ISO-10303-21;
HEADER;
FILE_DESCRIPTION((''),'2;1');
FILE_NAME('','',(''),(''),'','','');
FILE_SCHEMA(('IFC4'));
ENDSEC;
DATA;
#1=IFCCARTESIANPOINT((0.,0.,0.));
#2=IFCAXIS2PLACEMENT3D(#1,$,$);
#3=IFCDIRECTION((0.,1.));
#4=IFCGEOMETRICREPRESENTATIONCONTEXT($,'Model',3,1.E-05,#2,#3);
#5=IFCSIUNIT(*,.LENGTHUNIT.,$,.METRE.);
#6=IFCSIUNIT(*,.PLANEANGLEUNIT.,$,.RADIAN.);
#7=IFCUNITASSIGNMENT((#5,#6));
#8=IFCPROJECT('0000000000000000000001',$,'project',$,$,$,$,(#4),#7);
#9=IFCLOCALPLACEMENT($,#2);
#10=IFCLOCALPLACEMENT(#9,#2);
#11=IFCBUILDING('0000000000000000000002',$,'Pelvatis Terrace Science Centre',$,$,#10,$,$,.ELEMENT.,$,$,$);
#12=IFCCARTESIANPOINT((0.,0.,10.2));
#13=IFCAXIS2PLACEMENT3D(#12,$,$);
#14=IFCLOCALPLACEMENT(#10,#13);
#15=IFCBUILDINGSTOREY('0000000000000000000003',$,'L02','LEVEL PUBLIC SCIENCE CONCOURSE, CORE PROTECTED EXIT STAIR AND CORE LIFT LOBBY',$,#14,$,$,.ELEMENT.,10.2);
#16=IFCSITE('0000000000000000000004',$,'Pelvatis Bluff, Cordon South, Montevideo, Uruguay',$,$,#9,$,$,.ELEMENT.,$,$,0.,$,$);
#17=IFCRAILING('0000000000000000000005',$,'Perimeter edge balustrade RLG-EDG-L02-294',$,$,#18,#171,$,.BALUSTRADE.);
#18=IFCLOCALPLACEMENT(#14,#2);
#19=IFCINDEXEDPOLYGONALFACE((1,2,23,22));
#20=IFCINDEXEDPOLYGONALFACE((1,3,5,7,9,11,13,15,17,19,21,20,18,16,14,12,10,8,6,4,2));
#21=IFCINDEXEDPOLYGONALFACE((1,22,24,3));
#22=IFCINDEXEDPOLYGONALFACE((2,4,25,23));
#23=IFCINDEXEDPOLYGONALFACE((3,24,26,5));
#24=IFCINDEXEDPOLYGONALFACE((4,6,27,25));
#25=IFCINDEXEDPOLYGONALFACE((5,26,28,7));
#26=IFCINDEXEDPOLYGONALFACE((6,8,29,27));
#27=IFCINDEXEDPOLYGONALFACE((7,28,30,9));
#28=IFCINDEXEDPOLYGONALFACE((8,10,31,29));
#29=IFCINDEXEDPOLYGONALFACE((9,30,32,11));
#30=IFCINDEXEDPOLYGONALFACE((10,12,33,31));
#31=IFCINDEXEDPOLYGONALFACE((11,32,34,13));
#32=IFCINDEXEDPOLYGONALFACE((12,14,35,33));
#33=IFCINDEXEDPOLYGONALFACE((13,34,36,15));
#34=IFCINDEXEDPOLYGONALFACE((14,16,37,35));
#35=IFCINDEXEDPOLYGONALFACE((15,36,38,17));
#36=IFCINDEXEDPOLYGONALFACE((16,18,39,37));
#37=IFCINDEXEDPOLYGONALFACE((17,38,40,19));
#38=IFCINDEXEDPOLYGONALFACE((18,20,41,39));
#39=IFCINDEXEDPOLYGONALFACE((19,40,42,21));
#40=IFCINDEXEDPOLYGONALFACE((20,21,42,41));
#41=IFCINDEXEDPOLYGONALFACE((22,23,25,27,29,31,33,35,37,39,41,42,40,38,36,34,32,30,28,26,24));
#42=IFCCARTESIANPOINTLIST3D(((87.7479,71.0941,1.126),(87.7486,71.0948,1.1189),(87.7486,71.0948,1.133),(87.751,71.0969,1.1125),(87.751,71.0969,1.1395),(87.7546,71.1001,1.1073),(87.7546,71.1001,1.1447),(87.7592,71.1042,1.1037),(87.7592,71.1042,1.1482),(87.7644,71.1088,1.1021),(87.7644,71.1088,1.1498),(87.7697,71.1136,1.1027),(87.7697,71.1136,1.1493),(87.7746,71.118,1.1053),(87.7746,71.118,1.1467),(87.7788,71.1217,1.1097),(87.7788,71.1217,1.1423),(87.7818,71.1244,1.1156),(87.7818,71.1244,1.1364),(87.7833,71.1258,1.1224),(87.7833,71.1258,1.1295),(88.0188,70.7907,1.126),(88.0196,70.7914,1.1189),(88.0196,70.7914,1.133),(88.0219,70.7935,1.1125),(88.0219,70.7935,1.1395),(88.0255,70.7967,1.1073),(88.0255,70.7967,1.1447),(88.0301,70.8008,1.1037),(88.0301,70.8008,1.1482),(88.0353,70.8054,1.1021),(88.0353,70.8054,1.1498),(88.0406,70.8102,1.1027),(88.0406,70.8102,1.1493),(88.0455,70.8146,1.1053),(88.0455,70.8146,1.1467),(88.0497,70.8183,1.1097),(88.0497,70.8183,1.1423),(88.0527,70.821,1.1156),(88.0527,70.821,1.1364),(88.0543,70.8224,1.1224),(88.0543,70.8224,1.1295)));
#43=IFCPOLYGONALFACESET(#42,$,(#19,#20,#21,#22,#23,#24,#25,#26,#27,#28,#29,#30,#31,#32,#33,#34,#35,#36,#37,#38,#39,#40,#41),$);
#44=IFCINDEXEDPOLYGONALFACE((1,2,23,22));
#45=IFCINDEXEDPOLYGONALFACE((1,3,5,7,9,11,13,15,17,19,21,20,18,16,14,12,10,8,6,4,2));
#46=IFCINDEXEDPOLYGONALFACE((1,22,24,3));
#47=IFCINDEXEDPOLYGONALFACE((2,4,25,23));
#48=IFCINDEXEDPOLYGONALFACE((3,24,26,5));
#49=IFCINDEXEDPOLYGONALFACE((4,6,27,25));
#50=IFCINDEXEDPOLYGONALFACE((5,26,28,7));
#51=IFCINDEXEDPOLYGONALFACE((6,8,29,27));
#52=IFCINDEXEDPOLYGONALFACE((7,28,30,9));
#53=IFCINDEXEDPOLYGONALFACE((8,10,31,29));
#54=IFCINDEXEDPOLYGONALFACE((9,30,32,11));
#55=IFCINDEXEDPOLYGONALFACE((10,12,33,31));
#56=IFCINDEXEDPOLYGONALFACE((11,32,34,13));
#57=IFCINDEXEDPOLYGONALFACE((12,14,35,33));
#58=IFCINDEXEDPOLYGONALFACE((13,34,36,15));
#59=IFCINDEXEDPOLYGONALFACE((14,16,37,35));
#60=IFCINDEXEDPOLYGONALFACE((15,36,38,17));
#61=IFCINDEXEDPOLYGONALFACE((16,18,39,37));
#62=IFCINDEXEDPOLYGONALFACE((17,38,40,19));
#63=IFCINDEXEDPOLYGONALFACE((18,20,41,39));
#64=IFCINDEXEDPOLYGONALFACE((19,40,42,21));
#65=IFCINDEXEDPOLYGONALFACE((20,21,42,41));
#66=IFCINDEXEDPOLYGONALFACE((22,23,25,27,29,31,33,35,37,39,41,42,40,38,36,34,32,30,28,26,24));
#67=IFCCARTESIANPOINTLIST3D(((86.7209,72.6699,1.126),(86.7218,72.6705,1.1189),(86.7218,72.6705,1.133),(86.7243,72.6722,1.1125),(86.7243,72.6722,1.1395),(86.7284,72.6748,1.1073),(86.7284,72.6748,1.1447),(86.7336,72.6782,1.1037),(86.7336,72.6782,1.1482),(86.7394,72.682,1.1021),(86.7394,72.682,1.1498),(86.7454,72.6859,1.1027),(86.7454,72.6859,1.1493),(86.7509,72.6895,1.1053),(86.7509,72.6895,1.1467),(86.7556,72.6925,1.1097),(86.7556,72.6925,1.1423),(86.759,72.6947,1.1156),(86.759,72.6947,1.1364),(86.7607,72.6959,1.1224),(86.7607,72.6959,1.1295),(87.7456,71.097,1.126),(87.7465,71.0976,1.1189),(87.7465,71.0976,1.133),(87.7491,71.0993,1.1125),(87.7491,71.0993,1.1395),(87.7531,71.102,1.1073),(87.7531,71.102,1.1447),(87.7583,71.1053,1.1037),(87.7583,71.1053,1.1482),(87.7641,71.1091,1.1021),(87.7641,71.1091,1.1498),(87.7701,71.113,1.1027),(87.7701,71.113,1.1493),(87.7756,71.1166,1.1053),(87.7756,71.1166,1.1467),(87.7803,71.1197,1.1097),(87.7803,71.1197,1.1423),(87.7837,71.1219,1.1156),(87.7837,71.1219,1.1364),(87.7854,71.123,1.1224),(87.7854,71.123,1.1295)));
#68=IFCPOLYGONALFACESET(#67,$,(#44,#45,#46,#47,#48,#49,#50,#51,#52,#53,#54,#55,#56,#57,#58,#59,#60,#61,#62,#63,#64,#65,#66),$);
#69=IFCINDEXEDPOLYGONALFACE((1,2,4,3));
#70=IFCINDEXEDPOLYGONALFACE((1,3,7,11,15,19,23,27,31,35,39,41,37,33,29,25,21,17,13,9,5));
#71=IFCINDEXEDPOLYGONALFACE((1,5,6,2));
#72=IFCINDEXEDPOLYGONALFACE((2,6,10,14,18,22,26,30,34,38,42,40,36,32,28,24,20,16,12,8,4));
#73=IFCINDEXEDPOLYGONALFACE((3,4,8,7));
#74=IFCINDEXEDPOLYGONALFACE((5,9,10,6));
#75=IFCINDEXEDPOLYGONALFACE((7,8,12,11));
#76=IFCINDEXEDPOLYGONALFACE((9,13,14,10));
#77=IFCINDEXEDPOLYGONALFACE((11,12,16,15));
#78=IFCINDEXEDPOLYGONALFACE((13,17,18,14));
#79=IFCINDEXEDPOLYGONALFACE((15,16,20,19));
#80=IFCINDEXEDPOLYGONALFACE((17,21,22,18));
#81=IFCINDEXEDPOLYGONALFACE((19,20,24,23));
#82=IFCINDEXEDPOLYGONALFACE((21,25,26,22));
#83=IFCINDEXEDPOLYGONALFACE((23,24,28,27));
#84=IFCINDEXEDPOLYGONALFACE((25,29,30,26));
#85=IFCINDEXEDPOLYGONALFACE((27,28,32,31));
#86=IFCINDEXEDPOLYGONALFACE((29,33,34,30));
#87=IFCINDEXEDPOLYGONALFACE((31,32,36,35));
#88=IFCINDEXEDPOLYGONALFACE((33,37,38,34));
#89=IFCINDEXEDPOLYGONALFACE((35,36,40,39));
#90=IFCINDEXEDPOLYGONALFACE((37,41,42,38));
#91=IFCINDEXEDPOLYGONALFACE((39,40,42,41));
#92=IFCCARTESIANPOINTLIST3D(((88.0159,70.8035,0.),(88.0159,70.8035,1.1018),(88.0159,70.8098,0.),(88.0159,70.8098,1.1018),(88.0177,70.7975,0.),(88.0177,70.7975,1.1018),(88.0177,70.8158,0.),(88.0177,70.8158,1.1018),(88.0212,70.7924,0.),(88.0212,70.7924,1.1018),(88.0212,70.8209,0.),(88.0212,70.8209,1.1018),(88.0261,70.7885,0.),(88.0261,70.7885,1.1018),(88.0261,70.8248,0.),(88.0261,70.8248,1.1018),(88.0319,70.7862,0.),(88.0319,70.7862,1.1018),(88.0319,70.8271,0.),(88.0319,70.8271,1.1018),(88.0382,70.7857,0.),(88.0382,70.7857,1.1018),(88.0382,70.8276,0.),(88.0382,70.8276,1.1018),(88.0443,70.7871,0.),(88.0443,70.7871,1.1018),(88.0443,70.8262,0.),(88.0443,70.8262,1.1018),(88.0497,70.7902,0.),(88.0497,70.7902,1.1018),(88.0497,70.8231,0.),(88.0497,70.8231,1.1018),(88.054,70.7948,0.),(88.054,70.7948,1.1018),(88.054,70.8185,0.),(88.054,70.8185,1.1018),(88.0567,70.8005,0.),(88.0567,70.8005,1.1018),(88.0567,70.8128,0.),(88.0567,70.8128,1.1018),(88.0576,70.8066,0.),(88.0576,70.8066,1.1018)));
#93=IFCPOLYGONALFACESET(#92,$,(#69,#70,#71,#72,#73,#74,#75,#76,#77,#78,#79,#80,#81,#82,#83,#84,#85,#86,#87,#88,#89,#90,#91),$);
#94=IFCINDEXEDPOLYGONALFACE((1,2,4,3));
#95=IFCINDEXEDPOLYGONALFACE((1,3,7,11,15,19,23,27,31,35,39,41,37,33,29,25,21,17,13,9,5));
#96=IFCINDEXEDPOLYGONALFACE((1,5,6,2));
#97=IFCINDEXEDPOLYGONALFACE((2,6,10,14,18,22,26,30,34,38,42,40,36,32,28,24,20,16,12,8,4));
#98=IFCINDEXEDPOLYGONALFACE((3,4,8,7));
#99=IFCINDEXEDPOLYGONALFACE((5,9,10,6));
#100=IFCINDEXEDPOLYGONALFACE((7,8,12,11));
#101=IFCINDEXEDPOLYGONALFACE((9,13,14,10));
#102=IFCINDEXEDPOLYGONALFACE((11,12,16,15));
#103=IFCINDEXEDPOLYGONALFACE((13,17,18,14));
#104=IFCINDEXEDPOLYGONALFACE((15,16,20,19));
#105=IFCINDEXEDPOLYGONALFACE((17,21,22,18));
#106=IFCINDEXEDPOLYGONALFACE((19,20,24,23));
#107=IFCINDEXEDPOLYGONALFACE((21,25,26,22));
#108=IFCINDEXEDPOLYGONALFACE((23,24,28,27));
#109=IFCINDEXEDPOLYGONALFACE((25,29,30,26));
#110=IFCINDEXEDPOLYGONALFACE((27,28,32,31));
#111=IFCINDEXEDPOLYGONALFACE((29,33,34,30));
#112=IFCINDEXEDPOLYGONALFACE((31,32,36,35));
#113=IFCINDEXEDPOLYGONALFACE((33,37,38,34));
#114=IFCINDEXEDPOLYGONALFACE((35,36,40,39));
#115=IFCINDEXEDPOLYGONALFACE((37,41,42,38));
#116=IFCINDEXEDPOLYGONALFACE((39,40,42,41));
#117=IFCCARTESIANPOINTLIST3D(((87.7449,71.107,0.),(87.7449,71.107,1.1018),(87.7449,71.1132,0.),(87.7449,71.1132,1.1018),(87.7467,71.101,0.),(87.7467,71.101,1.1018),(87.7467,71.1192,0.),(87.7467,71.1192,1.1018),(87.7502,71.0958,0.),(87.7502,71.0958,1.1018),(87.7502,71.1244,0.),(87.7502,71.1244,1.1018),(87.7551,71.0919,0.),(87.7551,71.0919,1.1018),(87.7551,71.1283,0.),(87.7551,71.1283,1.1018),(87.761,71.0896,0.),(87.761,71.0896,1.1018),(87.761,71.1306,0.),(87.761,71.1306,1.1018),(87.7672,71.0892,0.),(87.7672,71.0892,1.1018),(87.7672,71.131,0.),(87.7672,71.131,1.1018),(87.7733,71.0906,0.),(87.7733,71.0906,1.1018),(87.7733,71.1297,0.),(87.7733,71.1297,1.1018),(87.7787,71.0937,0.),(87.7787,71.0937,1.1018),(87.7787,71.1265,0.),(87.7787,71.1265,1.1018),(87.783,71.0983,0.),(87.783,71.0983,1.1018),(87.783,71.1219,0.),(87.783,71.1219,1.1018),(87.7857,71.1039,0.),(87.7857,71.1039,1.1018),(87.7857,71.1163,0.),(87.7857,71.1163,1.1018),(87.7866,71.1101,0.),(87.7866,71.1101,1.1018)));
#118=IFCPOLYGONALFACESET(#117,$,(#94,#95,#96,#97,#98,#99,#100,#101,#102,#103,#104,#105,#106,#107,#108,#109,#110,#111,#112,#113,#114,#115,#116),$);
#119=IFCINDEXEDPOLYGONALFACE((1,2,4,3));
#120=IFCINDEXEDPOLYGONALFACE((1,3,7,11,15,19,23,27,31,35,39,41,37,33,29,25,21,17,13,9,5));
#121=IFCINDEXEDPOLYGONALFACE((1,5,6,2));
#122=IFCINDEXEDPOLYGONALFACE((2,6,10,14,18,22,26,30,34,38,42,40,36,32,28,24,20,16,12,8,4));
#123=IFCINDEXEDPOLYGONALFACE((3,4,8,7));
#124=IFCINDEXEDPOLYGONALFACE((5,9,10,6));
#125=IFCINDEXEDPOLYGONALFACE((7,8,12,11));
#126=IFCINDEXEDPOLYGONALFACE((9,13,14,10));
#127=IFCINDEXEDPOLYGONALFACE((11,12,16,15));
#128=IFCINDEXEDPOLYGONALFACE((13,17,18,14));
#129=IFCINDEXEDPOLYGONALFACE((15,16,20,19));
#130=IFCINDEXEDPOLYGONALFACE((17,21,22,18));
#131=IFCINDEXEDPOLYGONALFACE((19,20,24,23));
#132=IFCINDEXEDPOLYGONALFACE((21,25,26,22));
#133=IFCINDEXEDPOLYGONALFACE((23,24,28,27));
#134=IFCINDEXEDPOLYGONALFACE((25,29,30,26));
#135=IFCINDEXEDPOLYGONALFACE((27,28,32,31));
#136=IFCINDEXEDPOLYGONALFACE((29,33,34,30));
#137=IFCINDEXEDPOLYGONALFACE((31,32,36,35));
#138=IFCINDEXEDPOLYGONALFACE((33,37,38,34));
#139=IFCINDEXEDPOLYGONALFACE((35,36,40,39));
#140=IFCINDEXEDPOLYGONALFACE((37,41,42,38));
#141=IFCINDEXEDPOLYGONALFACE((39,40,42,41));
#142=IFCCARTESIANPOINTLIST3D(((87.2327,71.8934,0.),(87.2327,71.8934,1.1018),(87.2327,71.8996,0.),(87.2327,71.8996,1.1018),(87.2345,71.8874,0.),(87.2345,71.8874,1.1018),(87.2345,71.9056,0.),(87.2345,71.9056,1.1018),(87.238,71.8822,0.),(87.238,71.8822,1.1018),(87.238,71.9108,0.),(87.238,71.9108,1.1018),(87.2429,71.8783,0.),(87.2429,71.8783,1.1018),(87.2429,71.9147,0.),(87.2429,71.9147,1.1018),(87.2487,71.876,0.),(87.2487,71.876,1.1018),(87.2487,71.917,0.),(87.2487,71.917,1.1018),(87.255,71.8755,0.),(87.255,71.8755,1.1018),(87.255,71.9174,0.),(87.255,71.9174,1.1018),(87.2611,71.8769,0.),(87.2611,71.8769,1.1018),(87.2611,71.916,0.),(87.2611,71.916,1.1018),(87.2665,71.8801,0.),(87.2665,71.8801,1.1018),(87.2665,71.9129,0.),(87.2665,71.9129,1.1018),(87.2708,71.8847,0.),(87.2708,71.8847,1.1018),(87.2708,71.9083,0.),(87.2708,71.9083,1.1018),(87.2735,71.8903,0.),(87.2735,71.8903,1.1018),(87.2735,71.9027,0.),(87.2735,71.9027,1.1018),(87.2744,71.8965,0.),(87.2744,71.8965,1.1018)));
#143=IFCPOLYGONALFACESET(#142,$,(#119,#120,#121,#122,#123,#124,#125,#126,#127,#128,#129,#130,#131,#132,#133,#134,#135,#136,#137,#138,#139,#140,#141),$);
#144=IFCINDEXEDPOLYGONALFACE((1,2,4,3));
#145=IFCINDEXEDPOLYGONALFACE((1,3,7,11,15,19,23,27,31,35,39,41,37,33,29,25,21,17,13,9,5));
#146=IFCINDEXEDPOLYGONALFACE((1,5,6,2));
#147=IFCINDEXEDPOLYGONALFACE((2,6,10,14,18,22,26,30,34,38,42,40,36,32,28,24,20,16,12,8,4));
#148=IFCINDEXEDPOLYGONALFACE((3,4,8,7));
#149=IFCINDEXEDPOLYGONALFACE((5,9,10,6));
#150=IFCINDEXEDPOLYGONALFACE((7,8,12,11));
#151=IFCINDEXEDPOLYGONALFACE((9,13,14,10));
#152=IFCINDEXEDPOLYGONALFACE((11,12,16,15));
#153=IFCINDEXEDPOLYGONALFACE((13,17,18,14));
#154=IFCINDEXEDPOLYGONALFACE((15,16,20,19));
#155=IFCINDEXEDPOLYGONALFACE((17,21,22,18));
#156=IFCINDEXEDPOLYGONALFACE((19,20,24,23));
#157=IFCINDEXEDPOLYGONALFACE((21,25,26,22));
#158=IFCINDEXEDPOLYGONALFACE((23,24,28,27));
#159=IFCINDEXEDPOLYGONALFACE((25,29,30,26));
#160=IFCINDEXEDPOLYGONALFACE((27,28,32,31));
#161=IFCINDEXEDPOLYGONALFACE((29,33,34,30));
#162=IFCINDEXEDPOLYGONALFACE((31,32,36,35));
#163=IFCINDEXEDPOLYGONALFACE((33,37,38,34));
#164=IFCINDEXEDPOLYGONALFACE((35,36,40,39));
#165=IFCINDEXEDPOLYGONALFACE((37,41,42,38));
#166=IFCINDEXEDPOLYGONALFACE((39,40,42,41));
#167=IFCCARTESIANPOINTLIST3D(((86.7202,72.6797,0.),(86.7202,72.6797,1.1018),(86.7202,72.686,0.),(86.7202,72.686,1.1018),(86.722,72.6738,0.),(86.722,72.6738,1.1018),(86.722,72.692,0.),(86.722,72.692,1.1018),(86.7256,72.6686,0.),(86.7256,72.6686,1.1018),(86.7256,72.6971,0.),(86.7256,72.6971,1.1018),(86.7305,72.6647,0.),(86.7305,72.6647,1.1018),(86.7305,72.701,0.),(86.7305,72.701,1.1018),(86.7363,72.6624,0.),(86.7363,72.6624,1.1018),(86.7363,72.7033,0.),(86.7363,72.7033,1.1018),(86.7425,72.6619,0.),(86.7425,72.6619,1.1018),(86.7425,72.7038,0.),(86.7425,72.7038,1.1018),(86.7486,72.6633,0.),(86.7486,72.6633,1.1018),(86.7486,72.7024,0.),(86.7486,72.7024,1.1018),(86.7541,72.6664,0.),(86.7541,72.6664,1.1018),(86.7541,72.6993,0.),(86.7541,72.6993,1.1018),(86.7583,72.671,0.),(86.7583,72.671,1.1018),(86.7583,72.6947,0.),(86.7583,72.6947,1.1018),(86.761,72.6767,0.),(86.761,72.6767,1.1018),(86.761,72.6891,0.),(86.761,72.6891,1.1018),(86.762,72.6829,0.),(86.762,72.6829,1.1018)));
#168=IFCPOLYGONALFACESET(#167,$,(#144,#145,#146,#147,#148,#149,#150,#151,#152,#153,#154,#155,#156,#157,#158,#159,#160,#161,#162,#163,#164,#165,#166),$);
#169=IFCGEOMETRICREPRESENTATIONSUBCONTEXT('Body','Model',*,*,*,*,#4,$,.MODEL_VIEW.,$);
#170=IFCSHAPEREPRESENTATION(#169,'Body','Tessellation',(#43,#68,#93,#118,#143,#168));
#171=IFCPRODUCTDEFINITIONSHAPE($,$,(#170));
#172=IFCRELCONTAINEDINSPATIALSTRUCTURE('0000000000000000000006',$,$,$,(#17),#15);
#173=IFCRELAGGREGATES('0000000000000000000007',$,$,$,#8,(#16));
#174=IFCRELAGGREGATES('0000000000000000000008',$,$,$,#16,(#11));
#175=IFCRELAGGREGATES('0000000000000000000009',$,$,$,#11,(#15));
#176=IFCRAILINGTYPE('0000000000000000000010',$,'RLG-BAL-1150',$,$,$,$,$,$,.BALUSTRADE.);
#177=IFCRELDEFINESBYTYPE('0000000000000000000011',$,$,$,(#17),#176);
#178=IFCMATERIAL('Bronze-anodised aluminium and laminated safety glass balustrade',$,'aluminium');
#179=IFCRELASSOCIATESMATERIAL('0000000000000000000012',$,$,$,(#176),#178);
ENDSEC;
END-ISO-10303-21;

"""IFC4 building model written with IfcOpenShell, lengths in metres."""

from ifc_helpers import new_model, si_unit, direction, frame, origin, origin_2d, place, context, subcontext, project, spatial, circle, extrude, material, type_object, element, save


model = new_model("IFC4")

# Units and contexts
model_context = context("Model", 3, precision=1e-05, world=origin(), true_north=direction((0.0, 1.0)))
body_context = subcontext(model_context, "Body", "Model", "MODEL_VIEW")
ifc_project = project(units=[si_unit("LENGTHUNIT", "METRE"), si_unit("PLANEANGLEUNIT", "RADIAN")], contexts=[model_context])

# Site, building, storey
site_placement = place(None, origin())
site = spatial("IfcSite", under=ifc_project, at=site_placement, Name="Pelvatis Bluff, Cordon South, Montevideo, Uruguay", CompositionType="ELEMENT", RefElevation=0.0)
building_placement = place(site_placement, origin())
building = spatial("IfcBuilding", under=site, at=building_placement, Name="Pelvatis Terrace Science Centre", CompositionType="ELEMENT")
storey_placement = place(building_placement, frame((0.0, 0.0, 10.2)))
storey = spatial("IfcBuildingStorey", under=building, at=storey_placement, Name="L02", Description="LEVEL PUBLIC SCIENCE CONCOURSE, CORE PROTECTED EXIT STAIR AND CORE LIFT LOBBY", CompositionType="ELEMENT", Elevation=10.2)

# Railing
ifc_material_1 = material(Name="Bronze-anodised aluminium and laminated safety glass balustrade", Category="aluminium")
railing_type = type_object("IfcRailingType", Name="RLG-BAL-1150", PredefinedType="BALUSTRADE", material=ifc_material_1)
railing_placement = place(storey_placement, frame((88.0366, 70.8066, 0.0)))
element("IfcRailing", 1, at=railing_placement, inside=storey, type_object=railing_type, Name="Perimeter edge balustrade RLG-EDG-L02-294", PredefinedType="BALUSTRADE", context=body_context, shape_type="SweptSolid", body=[
    extrude(circle(Radius=0.0239, at=origin_2d()), frame((0.0, 0.0, 1.126), z_axis=(-0.666075, 0.745884, 0.0), x_axis=(-0.745884, -0.666075, 0.0)), (0.0, 0.0, 1.0), 0.4067),
    extrude(circle(Radius=0.0239, at=origin_2d()), frame((-0.271, 0.3035, 1.126), z_axis=(-0.545875, 0.837867, 0.0), x_axis=(-0.837867, -0.545875, 0.0)), (0.0, 0.0, 1.0), 1.8772),
    extrude(circle(Radius=0.021, at=origin_2d()), origin(), (0.0, 0.0, 1.0), 1.1018),
    extrude(circle(Radius=0.021, at=origin_2d()), frame((-0.271, 0.3035, 0.0)), (0.0, 0.0, 1.0), 1.1018),
    extrude(circle(Radius=0.021, at=origin_2d()), frame((-0.7832, 1.0898, 0.0)), (0.0, 0.0, 1.0), 1.1018),
    extrude(circle(Radius=0.021, at=origin_2d()), frame((-1.2957, 1.8762, 0.0)), (0.0, 0.0, 1.0), 1.1018),
])

save(model, "model.ifc")
